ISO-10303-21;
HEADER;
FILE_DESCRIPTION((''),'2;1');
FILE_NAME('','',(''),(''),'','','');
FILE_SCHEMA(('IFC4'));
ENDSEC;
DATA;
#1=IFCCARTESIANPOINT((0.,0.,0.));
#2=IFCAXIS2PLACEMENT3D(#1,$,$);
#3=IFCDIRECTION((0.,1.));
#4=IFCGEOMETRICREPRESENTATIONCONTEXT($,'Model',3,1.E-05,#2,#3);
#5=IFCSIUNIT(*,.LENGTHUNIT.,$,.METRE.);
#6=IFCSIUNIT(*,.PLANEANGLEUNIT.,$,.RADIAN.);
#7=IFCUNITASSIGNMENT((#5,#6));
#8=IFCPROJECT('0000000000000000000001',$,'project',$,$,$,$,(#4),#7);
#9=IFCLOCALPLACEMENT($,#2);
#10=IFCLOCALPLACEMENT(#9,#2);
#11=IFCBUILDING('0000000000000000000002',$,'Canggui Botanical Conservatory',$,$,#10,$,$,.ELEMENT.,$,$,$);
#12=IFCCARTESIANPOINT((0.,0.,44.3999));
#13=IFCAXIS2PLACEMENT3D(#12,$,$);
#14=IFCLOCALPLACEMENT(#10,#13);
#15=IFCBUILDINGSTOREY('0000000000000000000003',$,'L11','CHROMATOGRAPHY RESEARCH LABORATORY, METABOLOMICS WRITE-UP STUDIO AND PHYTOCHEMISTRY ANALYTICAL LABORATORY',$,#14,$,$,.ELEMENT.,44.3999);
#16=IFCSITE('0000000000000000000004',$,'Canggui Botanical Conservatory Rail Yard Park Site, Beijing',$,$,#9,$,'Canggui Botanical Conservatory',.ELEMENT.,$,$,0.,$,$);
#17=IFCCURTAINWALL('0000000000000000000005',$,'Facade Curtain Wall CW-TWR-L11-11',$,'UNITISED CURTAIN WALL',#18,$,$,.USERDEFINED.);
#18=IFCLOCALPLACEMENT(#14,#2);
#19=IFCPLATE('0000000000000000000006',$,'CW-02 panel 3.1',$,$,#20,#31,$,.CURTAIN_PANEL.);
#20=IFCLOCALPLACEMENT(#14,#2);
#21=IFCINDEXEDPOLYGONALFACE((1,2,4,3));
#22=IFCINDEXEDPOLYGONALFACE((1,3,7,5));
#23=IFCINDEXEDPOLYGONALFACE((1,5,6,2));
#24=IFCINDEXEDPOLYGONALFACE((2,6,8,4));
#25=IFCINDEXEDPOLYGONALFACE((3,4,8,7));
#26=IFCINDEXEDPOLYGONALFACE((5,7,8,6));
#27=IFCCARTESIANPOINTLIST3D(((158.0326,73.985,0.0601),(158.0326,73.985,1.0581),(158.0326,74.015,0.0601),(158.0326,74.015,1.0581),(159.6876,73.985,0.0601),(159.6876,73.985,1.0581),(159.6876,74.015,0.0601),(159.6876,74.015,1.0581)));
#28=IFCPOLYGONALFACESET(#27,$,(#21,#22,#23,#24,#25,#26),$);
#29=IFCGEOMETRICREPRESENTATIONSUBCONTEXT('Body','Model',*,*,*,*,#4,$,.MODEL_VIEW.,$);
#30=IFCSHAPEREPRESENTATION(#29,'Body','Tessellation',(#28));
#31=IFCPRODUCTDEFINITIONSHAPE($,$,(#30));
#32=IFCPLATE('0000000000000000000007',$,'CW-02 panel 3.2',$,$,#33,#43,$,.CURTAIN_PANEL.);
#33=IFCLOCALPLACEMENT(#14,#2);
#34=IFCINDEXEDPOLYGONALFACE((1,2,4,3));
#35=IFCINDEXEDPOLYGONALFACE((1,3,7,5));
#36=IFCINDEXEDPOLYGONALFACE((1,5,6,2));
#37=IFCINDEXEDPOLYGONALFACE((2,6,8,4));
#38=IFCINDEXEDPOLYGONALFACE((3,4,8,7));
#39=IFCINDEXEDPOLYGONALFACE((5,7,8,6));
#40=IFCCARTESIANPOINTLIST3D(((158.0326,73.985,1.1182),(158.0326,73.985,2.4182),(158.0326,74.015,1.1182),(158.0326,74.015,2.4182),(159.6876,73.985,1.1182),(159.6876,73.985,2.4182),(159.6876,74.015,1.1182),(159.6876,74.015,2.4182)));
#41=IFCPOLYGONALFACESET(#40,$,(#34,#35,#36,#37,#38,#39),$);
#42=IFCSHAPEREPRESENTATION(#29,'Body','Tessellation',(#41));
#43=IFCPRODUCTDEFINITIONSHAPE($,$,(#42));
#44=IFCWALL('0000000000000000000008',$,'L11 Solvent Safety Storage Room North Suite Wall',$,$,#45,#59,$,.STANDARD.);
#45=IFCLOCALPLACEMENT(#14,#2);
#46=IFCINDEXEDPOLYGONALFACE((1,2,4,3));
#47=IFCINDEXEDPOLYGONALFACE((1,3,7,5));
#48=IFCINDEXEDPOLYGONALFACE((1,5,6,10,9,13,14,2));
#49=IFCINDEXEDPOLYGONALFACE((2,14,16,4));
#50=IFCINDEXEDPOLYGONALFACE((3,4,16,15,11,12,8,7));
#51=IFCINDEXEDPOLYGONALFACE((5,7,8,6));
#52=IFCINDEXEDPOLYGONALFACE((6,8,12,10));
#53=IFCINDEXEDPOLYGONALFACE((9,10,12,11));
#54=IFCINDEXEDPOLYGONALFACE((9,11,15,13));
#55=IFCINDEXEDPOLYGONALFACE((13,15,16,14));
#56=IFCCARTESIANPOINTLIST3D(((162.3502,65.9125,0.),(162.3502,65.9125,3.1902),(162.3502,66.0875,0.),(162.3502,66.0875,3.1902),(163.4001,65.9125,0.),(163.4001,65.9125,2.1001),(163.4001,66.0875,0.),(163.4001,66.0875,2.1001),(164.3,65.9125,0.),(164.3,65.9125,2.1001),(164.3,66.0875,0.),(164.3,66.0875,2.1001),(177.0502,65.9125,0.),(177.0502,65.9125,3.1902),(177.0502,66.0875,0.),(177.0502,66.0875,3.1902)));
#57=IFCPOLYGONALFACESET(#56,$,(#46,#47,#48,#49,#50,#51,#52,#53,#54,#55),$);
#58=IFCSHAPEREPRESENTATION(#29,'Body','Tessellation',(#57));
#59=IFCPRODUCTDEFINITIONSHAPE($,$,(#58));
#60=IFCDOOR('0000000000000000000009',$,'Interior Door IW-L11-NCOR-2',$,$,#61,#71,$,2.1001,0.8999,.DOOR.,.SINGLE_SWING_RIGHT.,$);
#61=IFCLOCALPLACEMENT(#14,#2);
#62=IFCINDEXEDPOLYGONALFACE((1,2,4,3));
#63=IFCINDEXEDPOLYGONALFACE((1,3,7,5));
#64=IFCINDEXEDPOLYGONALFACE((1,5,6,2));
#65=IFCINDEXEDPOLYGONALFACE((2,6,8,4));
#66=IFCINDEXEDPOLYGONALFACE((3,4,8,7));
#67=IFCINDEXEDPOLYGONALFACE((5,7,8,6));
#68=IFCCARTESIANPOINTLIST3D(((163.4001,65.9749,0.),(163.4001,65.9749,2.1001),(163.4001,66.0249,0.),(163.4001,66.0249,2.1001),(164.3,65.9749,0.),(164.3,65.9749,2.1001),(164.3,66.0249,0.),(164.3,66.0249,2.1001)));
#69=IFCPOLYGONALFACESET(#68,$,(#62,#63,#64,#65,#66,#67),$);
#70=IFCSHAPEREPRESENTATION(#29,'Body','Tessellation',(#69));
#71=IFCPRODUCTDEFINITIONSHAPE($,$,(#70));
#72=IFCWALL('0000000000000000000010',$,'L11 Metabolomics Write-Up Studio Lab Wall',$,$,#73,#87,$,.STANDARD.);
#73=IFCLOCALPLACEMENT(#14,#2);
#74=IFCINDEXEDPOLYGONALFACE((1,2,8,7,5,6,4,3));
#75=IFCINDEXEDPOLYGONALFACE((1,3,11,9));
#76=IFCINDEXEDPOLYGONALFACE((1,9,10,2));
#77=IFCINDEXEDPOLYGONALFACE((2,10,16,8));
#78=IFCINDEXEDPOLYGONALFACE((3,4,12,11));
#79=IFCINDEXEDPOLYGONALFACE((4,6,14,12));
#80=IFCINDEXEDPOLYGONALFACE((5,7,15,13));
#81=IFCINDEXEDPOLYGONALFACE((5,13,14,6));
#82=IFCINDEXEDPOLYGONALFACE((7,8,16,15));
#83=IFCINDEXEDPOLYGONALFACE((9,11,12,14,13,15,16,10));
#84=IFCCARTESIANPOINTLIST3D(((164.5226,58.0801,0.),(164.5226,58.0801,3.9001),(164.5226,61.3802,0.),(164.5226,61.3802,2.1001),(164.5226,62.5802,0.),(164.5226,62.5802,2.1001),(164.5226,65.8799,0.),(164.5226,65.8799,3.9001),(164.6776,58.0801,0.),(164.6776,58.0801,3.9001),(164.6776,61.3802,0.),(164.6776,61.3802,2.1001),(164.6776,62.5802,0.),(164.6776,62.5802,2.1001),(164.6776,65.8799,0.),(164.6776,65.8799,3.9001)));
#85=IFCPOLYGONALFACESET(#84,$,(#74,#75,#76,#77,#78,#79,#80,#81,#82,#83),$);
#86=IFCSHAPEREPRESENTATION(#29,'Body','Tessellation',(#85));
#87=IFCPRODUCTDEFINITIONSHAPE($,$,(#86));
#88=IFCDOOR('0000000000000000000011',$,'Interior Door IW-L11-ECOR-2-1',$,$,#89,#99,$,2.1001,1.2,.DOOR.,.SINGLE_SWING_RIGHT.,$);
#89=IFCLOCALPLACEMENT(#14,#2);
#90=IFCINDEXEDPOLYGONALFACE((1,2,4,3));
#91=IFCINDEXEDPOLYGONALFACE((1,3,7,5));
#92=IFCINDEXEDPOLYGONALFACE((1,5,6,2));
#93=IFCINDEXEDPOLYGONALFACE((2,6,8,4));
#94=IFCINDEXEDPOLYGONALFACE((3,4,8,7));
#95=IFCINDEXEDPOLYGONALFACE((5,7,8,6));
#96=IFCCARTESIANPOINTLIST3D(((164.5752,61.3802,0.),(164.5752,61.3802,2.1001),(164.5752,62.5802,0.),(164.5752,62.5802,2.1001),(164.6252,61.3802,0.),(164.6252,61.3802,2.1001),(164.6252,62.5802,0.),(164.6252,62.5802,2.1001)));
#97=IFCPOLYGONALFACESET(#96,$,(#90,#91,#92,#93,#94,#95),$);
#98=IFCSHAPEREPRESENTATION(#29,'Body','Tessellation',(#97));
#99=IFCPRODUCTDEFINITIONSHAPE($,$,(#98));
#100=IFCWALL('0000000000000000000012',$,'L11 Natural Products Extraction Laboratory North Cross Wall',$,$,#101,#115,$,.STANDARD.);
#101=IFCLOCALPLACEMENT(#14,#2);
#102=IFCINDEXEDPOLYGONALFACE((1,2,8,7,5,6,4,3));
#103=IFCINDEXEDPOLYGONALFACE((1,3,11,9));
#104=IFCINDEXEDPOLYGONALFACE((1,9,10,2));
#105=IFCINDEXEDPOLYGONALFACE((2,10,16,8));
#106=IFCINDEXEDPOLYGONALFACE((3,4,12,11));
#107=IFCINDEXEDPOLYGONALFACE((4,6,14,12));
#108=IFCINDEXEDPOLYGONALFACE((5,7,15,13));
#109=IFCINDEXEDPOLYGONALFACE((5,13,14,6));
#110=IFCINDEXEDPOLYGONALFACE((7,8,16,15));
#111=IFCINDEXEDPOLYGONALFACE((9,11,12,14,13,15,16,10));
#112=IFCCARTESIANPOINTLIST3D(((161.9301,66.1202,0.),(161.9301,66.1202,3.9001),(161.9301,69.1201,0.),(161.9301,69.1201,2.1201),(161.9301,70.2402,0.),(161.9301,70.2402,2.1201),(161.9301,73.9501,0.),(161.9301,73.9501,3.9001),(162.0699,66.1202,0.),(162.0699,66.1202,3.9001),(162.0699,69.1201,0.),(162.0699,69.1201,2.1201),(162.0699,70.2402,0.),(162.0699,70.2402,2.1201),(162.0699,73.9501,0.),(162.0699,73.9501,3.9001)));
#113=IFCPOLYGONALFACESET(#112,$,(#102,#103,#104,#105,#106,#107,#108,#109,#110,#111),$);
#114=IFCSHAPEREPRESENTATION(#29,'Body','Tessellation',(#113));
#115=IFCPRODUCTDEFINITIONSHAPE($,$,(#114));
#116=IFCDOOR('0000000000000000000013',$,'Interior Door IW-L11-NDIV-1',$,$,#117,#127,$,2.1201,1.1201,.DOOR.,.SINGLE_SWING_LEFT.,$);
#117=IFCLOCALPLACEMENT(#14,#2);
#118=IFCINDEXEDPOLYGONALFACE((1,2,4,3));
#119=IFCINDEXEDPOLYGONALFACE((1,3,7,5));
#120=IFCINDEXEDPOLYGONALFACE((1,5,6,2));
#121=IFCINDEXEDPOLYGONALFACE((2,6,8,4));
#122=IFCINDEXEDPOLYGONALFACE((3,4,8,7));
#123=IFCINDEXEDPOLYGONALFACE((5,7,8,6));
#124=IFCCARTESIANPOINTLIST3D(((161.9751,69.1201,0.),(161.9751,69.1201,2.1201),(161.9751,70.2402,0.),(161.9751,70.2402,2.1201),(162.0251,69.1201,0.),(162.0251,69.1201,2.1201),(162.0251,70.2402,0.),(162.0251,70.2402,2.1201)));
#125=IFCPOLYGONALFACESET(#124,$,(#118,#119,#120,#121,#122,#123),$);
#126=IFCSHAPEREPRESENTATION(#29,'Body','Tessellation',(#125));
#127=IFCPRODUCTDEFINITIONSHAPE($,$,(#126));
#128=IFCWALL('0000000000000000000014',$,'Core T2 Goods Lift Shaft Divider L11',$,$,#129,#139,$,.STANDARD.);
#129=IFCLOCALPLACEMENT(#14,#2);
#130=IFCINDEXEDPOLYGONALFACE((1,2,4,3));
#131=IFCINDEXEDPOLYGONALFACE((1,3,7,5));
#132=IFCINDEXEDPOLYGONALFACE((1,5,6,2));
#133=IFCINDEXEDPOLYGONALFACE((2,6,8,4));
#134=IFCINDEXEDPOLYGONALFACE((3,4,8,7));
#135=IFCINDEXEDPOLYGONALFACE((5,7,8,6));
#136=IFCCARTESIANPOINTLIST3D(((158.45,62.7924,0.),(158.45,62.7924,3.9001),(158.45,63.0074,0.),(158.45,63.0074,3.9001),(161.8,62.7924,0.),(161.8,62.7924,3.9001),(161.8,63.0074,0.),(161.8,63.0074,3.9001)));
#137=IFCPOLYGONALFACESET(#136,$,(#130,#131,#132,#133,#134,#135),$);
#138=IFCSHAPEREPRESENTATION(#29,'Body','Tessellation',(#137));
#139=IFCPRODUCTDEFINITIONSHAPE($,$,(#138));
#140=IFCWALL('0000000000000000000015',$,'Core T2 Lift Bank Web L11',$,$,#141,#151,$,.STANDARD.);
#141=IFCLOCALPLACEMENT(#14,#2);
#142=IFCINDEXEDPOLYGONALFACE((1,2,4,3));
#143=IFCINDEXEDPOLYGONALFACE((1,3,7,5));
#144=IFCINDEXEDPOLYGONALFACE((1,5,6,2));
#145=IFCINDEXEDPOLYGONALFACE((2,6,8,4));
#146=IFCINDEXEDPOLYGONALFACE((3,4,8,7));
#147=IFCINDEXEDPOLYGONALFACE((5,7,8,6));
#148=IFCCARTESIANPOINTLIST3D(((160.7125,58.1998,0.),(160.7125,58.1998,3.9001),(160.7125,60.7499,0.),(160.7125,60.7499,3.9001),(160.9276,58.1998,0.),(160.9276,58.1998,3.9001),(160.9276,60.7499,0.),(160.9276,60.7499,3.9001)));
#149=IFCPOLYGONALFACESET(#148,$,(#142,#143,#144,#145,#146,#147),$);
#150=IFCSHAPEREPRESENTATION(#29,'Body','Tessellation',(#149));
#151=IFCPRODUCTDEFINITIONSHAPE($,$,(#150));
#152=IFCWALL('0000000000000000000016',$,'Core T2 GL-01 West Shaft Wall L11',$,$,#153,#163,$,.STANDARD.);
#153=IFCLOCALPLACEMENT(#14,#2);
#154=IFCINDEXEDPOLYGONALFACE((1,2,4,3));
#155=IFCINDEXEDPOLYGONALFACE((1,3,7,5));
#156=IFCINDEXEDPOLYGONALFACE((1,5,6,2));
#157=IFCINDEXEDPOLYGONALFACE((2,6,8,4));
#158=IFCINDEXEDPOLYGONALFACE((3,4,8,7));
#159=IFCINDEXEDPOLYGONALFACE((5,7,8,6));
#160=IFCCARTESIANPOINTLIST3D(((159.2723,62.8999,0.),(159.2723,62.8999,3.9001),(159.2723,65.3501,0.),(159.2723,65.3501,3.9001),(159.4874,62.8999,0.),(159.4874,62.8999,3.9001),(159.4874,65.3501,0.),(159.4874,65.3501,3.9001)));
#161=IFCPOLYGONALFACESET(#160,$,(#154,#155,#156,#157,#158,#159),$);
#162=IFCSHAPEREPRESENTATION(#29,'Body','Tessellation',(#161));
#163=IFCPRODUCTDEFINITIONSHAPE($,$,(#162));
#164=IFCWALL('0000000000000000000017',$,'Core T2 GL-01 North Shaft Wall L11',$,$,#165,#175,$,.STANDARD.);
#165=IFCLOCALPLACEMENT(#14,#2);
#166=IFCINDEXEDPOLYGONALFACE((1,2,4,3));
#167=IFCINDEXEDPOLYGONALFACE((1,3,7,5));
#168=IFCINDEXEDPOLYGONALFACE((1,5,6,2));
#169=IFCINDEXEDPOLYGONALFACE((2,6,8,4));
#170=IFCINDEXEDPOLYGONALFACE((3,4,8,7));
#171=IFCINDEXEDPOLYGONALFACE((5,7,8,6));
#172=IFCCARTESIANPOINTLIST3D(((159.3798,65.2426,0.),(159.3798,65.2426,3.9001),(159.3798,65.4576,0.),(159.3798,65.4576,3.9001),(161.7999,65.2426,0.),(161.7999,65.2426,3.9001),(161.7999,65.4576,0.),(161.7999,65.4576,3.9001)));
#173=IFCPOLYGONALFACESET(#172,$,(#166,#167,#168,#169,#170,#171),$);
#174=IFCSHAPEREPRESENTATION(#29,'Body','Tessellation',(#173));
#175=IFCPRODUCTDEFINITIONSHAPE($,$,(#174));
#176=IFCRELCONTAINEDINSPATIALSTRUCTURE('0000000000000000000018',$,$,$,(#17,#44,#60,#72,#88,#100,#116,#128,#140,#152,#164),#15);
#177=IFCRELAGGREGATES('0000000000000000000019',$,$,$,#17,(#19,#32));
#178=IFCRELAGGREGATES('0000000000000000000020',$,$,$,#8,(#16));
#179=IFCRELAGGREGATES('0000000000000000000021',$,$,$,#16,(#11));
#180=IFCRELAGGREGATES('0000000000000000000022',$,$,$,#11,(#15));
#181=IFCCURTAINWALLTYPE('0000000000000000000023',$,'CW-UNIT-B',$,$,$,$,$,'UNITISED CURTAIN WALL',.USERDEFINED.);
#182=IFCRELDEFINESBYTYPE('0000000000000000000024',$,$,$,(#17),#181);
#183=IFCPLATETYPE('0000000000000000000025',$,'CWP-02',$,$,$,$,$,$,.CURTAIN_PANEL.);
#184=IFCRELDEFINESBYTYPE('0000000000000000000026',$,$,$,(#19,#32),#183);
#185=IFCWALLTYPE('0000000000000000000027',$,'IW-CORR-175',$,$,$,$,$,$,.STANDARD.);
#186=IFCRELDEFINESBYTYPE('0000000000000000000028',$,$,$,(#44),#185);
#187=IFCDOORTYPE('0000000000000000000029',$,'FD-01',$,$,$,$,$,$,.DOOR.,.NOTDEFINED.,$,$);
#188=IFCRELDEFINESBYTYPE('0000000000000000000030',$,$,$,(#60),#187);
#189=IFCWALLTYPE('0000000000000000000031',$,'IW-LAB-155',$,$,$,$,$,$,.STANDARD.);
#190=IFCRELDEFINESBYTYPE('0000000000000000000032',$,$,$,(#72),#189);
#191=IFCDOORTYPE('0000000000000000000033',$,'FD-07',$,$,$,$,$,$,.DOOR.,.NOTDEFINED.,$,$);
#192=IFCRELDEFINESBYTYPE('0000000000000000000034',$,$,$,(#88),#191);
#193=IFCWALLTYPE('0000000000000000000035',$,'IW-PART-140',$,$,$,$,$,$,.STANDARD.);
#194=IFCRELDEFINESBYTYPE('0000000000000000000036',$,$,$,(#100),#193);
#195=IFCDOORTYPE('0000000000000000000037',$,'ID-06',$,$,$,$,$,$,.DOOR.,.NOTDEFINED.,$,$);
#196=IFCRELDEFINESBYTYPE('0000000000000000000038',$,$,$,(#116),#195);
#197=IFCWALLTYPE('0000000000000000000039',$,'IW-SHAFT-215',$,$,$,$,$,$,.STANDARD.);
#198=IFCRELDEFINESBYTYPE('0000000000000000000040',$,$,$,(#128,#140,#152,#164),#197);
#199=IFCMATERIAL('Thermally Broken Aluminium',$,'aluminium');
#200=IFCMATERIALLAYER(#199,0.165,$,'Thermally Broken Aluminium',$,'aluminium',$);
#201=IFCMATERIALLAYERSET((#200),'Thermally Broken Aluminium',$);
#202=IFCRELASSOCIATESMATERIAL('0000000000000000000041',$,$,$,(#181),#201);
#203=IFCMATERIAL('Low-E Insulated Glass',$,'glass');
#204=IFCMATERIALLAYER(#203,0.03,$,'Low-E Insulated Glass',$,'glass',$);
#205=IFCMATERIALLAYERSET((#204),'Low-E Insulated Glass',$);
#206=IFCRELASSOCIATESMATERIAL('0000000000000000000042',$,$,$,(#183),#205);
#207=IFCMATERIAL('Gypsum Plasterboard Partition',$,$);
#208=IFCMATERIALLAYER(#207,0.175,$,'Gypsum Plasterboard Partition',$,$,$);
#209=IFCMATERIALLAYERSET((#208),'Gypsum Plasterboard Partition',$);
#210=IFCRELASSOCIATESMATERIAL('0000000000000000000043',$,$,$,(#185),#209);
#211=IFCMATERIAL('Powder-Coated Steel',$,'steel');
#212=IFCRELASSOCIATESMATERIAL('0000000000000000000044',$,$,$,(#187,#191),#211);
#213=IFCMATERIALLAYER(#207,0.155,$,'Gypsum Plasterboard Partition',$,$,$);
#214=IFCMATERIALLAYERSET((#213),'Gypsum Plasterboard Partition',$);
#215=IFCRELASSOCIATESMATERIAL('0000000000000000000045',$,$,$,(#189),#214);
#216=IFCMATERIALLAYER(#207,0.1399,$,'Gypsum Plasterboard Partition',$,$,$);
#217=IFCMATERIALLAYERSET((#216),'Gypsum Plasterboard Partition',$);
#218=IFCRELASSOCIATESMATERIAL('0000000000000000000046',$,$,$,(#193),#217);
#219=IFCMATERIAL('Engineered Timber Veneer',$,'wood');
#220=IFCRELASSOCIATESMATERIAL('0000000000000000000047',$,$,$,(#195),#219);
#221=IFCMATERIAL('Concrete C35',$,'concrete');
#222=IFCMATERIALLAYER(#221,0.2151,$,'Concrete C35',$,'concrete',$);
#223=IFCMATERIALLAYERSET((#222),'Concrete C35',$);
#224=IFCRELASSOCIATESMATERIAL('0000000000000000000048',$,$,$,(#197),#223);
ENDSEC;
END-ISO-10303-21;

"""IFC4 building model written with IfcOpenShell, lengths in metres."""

from ifc_helpers import new_model, si_unit, direction, frame, frame_2d, origin, origin_2d, place, context, subcontext, project, spatial, rectangle, extrude, material, layer, layer_set, type_object, element, fill, aggregate, save


model = new_model("IFC4")

# Units and contexts
model_context = context("Model", 3, precision=1e-05, world=origin(), true_north=direction((0.0, 1.0)))
body_context = subcontext(model_context, "Body", "Model", "MODEL_VIEW")
ifc_project = project(units=[si_unit("LENGTHUNIT", "METRE"), si_unit("PLANEANGLEUNIT", "RADIAN")], contexts=[model_context])

# Site, building, storey
site_placement = place(None, origin())
site = spatial("IfcSite", under=ifc_project, at=site_placement, Name="Canggui Botanical Conservatory Rail Yard Park Site, Beijing", LongName="Canggui Botanical Conservatory", CompositionType="ELEMENT", RefElevation=0.0)
building_placement = place(site_placement, origin())
building = spatial("IfcBuilding", under=site, at=building_placement, Name="Canggui Botanical Conservatory", CompositionType="ELEMENT")
storey_placement = place(building_placement, frame((0.0, 0.0, 44.3999)))
storey = spatial("IfcBuildingStorey", under=building, at=storey_placement, Name="L11", Description="CHROMATOGRAPHY RESEARCH LABORATORY, METABOLOMICS WRITE-UP STUDIO AND PHYTOCHEMISTRY ANALYTICAL LABORATORY", CompositionType="ELEMENT", Elevation=44.3999)

# Shared definitions
ifc_material_1 = material(Name="Concrete C35", Category="concrete")

# Curtain wall, plates
ifc_material_2 = material(Name="Thermally Broken Aluminium", Category="aluminium")
ifc_layer_1 = layer(ifc_material_2, 0.165, Name="Thermally Broken Aluminium", Category="aluminium")
ifc_layer_set_1 = layer_set([ifc_layer_1], Name="Thermally Broken Aluminium")
curtain_wall_type = type_object("IfcCurtainWallType", Name="CW-UNIT-B", ElementType="UNITISED CURTAIN WALL", PredefinedType="USERDEFINED", material=ifc_layer_set_1)
curtain_wall_placement = place(storey_placement, origin())
curtain_wall = element("IfcCurtainWall", 1, at=curtain_wall_placement, inside=storey, type_object=curtain_wall_type, Name="Facade Curtain Wall CW-TWR-L11-11", ObjectType="UNITISED CURTAIN WALL", PredefinedType="USERDEFINED")
ifc_material_3 = material(Name="Low-E Insulated Glass", Category="glass")
ifc_layer_2 = layer(ifc_material_3, 0.03, Name="Low-E Insulated Glass", Category="glass")
ifc_layer_set_2 = layer_set([ifc_layer_2], Name="Low-E Insulated Glass")
plate_type = type_object("IfcPlateType", Name="CWP-02", PredefinedType="CURTAIN_PANEL", material=ifc_layer_set_2)
plate_1_placement = place(storey_placement, frame((158.8601, 74.0, 0.0601), z_axis=(0.0, 0.0, 1.0), x_axis=(1.0, 0.0, 0.0)))
plate_1 = element("IfcPlate", 2, at=plate_1_placement, type_object=plate_type, Name="CW-02 panel 3.1", PredefinedType="CURTAIN_PANEL", context=body_context, shape_type="SweptSolid", body=[
    extrude(rectangle(XDim=1.655, YDim=0.03, at=origin_2d()), origin(), (0.0, 0.0, 1.0), 0.998),
])
plate_2_placement = place(storey_placement, frame((158.8601, 74.0, 1.1182), z_axis=(0.0, 0.0, 1.0), x_axis=(1.0, 0.0, 0.0)))
plate_2 = element("IfcPlate", 3, at=plate_2_placement, type_object=plate_type, Name="CW-02 panel 3.2", PredefinedType="CURTAIN_PANEL", context=body_context, shape_type="SweptSolid", body=[
    extrude(rectangle(XDim=1.655, YDim=0.03, at=origin_2d()), origin(), (0.0, 0.0, 1.0), 1.3),
])
aggregate(curtain_wall, [plate_1, plate_2])

# Walls, openings, doors
ifc_material_4 = material(Name="Gypsum Plasterboard Partition")
ifc_layer_3 = layer(ifc_material_4, 0.175, Name="Gypsum Plasterboard Partition")
ifc_layer_set_3 = layer_set([ifc_layer_3], Name="Gypsum Plasterboard Partition")
wall_type_1 = type_object("IfcWallType", Name="IW-CORR-175", PredefinedType="STANDARD", material=ifc_layer_set_3)
wall_1_placement = place(storey_placement, frame((162.3501, 66.0, 0.0), z_axis=(0.0, 0.0, 1.0), x_axis=(1.0, 0.0, 0.0)))
wall_1 = element("IfcWall", 4, at=wall_1_placement, inside=storey, type_object=wall_type_1, Name="L11 Solvent Safety Storage Room North Suite Wall", PredefinedType="STANDARD", context=body_context, shape_type="SweptSolid", body=[
    extrude(rectangle(XDim=14.7, YDim=0.175, at=frame_2d((7.3501, 0.0))), origin(), (0.0, 0.0, 1.0), 3.1902),
])
opening_1_placement = place(wall_1_placement, frame((1.05, 0.0, 0.0)))
opening_1 = element("IfcOpeningElement", 5, at=opening_1_placement, cuts=wall_1, PredefinedType="OPENING", context=body_context, shape_type="SweptSolid", body=[
    extrude(rectangle(XDim=0.8999, YDim=2.1001, at=frame_2d((0.45, 1.05))), frame((0.0, 0.0977, 0.0), z_axis=(0.0, -1.0, 0.0), x_axis=(1.0, 0.0, 0.0)), (0.0, 0.0, 1.0), 0.1951),
])
ifc_material_5 = material(Name="Powder-Coated Steel", Category="steel")
door_type_1 = type_object("IfcDoorType", Name="FD-01", OperationType="NOTDEFINED", PredefinedType="DOOR", material=ifc_material_5)
door_1_placement = place(opening_1_placement, origin())
door_1 = element("IfcDoor", 6, at=door_1_placement, inside=storey, type_object=door_type_1, Name="Interior Door IW-L11-NCOR-2", OperationType="SINGLE_SWING_RIGHT", OverallHeight=2.1001, OverallWidth=0.8999, PredefinedType="DOOR", context=body_context, shape_type="SweptSolid", body=[
    extrude(rectangle(XDim=0.8999, YDim=2.1001, at=frame_2d((0.45, 1.05))), frame((0.0, 0.0249, 0.0), z_axis=(0.0, -1.0, 0.0), x_axis=(1.0, 0.0, 0.0)), (0.0, 0.0, 1.0), 0.05),
])
fill(opening_1, door_1)
ifc_layer_4 = layer(ifc_material_4, 0.155, Name="Gypsum Plasterboard Partition")
ifc_layer_set_4 = layer_set([ifc_layer_4], Name="Gypsum Plasterboard Partition")
wall_type_2 = type_object("IfcWallType", Name="IW-LAB-155", PredefinedType="STANDARD", material=ifc_layer_set_4)
wall_2_placement = place(storey_placement, frame((164.6001, 58.0801, 0.0), z_axis=(0.0, 0.0, 1.0), x_axis=(0.0, 1.0, 0.0)))
wall_2 = element("IfcWall", 7, at=wall_2_placement, inside=storey, type_object=wall_type_2, Name="L11 Metabolomics Write-Up Studio Lab Wall", PredefinedType="STANDARD", context=body_context, shape_type="SweptSolid", body=[
    extrude(rectangle(XDim=7.7998, YDim=0.155, at=frame_2d((3.8999, 0.0))), origin(), (0.0, 0.0, 1.0), 3.9001),
])
opening_2_placement = place(wall_2_placement, frame((3.3, 0.0, 0.0)))
opening_2 = element("IfcOpeningElement", 8, at=opening_2_placement, cuts=wall_2, PredefinedType="OPENING", context=body_context, shape_type="SweptSolid", body=[
    extrude(rectangle(XDim=1.2, YDim=2.1001, at=frame_2d((0.6001, 1.05))), frame((0.0, 0.0874, 0.0), z_axis=(0.0, -1.0, 0.0), x_axis=(1.0, 0.0, 0.0)), (0.0, 0.0, 1.0), 0.175),
])
door_type_2 = type_object("IfcDoorType", Name="FD-07", OperationType="NOTDEFINED", PredefinedType="DOOR", material=ifc_material_5)
door_2_placement = place(opening_2_placement, origin())
door_2 = element("IfcDoor", 9, at=door_2_placement, inside=storey, type_object=door_type_2, Name="Interior Door IW-L11-ECOR-2-1", OperationType="SINGLE_SWING_RIGHT", OverallHeight=2.1001, OverallWidth=1.2, PredefinedType="DOOR", context=body_context, shape_type="SweptSolid", body=[
    extrude(rectangle(XDim=1.2, YDim=2.1001, at=frame_2d((0.6001, 1.05))), frame((0.0, 0.0249, 0.0), z_axis=(0.0, -1.0, 0.0), x_axis=(1.0, 0.0, 0.0)), (0.0, 0.0, 1.0), 0.05),
])
fill(opening_2, door_2)
ifc_layer_5 = layer(ifc_material_4, 0.1399, Name="Gypsum Plasterboard Partition")
ifc_layer_set_5 = layer_set([ifc_layer_5], Name="Gypsum Plasterboard Partition")
wall_type_3 = type_object("IfcWallType", Name="IW-PART-140", PredefinedType="STANDARD", material=ifc_layer_set_5)
wall_3_placement = place(storey_placement, frame((162.0, 66.1201, 0.0), z_axis=(0.0, 0.0, 1.0), x_axis=(0.0, 1.0, 0.0)))
wall_3 = element("IfcWall", 10, at=wall_3_placement, inside=storey, type_object=wall_type_3, Name="L11 Natural Products Extraction Laboratory North Cross Wall", PredefinedType="STANDARD", context=body_context, shape_type="SweptSolid", body=[
    extrude(rectangle(XDim=7.8298, YDim=0.1399, at=frame_2d((3.915, 0.0))), origin(), (0.0, 0.0, 1.0), 3.9001),
])
opening_3_placement = place(wall_3_placement, frame((3.0, 0.0, 0.0)))
opening_3 = element("IfcOpeningElement", 11, at=opening_3_placement, cuts=wall_3, PredefinedType="OPENING", context=body_context, shape_type="SweptSolid", body=[
    extrude(rectangle(XDim=1.1201, YDim=2.1201, at=frame_2d((0.5601, 1.0601))), frame((0.0, 0.0801, 0.0), z_axis=(0.0, -1.0, 0.0), x_axis=(1.0, 0.0, 0.0)), (0.0, 0.0, 1.0), 0.1599),
])
ifc_material_6 = material(Name="Engineered Timber Veneer", Category="wood")
door_type_3 = type_object("IfcDoorType", Name="ID-06", OperationType="NOTDEFINED", PredefinedType="DOOR", material=ifc_material_6)
door_3_placement = place(opening_3_placement, origin())
door_3 = element("IfcDoor", 12, at=door_3_placement, inside=storey, type_object=door_type_3, Name="Interior Door IW-L11-NDIV-1", OperationType="SINGLE_SWING_LEFT", OverallHeight=2.1201, OverallWidth=1.1201, PredefinedType="DOOR", context=body_context, shape_type="SweptSolid", body=[
    extrude(rectangle(XDim=1.1201, YDim=2.1201, at=frame_2d((0.5601, 1.0601))), frame((0.0, 0.0249, 0.0), z_axis=(0.0, -1.0, 0.0), x_axis=(1.0, 0.0, 0.0)), (0.0, 0.0, 1.0), 0.05),
])
fill(opening_3, door_3)

# Walls
ifc_layer_6 = layer(ifc_material_1, 0.2151, Name="Concrete C35", Category="concrete")
ifc_layer_set_6 = layer_set([ifc_layer_6], Name="Concrete C35")
wall_type_4 = type_object("IfcWallType", Name="IW-SHAFT-215", PredefinedType="STANDARD", material=ifc_layer_set_6)
wall_4_placement = place(storey_placement, frame((158.45, 62.8999, 0.0), z_axis=(0.0, 0.0, 1.0), x_axis=(1.0, 0.0, 0.0)))
element("IfcWall", 13, at=wall_4_placement, inside=storey, type_object=wall_type_4, Name="Core T2 Goods Lift Shaft Divider L11", PredefinedType="STANDARD", context=body_context, shape_type="SweptSolid", body=[
    extrude(rectangle(XDim=3.3501, YDim=0.2151, at=frame_2d((1.675, 0.0))), origin(), (0.0, 0.0, 1.0), 3.9001),
])
wall_5_placement = place(storey_placement, frame((160.8201, 58.2, 0.0), z_axis=(0.0, 0.0, 1.0), x_axis=(0.0, 1.0, 0.0)))
element("IfcWall", 14, at=wall_5_placement, inside=storey, type_object=wall_type_4, Name="Core T2 Lift Bank Web L11", PredefinedType="STANDARD", context=body_context, shape_type="SweptSolid", body=[
    extrude(rectangle(XDim=2.55, YDim=0.2151, at=frame_2d((1.2749, 0.0))), origin(), (0.0, 0.0, 1.0), 3.9001),
])
wall_6_placement = place(storey_placement, frame((159.3799, 62.8999, 0.0), z_axis=(0.0, 0.0, 1.0), x_axis=(0.0, 1.0, 0.0)))
element("IfcWall", 15, at=wall_6_placement, inside=storey, type_object=wall_type_4, Name="Core T2 GL-01 West Shaft Wall L11", PredefinedType="STANDARD", context=body_context, shape_type="SweptSolid", body=[
    extrude(rectangle(XDim=2.4502, YDim=0.2151, at=frame_2d((1.2251, 0.0))), origin(), (0.0, 0.0, 1.0), 3.9001),
])
wall_7_placement = place(storey_placement, frame((159.3799, 65.3501, 0.0), z_axis=(0.0, 0.0, 1.0), x_axis=(1.0, 0.0, 0.0)))
element("IfcWall", 16, at=wall_7_placement, inside=storey, type_object=wall_type_4, Name="Core T2 GL-01 North Shaft Wall L11", PredefinedType="STANDARD", context=body_context, shape_type="SweptSolid", body=[
    extrude(rectangle(XDim=2.4202, YDim=0.2151, at=frame_2d((1.21, 0.0))), origin(), (0.0, 0.0, 1.0), 3.9001),
])

save(model, "model.ifc")
